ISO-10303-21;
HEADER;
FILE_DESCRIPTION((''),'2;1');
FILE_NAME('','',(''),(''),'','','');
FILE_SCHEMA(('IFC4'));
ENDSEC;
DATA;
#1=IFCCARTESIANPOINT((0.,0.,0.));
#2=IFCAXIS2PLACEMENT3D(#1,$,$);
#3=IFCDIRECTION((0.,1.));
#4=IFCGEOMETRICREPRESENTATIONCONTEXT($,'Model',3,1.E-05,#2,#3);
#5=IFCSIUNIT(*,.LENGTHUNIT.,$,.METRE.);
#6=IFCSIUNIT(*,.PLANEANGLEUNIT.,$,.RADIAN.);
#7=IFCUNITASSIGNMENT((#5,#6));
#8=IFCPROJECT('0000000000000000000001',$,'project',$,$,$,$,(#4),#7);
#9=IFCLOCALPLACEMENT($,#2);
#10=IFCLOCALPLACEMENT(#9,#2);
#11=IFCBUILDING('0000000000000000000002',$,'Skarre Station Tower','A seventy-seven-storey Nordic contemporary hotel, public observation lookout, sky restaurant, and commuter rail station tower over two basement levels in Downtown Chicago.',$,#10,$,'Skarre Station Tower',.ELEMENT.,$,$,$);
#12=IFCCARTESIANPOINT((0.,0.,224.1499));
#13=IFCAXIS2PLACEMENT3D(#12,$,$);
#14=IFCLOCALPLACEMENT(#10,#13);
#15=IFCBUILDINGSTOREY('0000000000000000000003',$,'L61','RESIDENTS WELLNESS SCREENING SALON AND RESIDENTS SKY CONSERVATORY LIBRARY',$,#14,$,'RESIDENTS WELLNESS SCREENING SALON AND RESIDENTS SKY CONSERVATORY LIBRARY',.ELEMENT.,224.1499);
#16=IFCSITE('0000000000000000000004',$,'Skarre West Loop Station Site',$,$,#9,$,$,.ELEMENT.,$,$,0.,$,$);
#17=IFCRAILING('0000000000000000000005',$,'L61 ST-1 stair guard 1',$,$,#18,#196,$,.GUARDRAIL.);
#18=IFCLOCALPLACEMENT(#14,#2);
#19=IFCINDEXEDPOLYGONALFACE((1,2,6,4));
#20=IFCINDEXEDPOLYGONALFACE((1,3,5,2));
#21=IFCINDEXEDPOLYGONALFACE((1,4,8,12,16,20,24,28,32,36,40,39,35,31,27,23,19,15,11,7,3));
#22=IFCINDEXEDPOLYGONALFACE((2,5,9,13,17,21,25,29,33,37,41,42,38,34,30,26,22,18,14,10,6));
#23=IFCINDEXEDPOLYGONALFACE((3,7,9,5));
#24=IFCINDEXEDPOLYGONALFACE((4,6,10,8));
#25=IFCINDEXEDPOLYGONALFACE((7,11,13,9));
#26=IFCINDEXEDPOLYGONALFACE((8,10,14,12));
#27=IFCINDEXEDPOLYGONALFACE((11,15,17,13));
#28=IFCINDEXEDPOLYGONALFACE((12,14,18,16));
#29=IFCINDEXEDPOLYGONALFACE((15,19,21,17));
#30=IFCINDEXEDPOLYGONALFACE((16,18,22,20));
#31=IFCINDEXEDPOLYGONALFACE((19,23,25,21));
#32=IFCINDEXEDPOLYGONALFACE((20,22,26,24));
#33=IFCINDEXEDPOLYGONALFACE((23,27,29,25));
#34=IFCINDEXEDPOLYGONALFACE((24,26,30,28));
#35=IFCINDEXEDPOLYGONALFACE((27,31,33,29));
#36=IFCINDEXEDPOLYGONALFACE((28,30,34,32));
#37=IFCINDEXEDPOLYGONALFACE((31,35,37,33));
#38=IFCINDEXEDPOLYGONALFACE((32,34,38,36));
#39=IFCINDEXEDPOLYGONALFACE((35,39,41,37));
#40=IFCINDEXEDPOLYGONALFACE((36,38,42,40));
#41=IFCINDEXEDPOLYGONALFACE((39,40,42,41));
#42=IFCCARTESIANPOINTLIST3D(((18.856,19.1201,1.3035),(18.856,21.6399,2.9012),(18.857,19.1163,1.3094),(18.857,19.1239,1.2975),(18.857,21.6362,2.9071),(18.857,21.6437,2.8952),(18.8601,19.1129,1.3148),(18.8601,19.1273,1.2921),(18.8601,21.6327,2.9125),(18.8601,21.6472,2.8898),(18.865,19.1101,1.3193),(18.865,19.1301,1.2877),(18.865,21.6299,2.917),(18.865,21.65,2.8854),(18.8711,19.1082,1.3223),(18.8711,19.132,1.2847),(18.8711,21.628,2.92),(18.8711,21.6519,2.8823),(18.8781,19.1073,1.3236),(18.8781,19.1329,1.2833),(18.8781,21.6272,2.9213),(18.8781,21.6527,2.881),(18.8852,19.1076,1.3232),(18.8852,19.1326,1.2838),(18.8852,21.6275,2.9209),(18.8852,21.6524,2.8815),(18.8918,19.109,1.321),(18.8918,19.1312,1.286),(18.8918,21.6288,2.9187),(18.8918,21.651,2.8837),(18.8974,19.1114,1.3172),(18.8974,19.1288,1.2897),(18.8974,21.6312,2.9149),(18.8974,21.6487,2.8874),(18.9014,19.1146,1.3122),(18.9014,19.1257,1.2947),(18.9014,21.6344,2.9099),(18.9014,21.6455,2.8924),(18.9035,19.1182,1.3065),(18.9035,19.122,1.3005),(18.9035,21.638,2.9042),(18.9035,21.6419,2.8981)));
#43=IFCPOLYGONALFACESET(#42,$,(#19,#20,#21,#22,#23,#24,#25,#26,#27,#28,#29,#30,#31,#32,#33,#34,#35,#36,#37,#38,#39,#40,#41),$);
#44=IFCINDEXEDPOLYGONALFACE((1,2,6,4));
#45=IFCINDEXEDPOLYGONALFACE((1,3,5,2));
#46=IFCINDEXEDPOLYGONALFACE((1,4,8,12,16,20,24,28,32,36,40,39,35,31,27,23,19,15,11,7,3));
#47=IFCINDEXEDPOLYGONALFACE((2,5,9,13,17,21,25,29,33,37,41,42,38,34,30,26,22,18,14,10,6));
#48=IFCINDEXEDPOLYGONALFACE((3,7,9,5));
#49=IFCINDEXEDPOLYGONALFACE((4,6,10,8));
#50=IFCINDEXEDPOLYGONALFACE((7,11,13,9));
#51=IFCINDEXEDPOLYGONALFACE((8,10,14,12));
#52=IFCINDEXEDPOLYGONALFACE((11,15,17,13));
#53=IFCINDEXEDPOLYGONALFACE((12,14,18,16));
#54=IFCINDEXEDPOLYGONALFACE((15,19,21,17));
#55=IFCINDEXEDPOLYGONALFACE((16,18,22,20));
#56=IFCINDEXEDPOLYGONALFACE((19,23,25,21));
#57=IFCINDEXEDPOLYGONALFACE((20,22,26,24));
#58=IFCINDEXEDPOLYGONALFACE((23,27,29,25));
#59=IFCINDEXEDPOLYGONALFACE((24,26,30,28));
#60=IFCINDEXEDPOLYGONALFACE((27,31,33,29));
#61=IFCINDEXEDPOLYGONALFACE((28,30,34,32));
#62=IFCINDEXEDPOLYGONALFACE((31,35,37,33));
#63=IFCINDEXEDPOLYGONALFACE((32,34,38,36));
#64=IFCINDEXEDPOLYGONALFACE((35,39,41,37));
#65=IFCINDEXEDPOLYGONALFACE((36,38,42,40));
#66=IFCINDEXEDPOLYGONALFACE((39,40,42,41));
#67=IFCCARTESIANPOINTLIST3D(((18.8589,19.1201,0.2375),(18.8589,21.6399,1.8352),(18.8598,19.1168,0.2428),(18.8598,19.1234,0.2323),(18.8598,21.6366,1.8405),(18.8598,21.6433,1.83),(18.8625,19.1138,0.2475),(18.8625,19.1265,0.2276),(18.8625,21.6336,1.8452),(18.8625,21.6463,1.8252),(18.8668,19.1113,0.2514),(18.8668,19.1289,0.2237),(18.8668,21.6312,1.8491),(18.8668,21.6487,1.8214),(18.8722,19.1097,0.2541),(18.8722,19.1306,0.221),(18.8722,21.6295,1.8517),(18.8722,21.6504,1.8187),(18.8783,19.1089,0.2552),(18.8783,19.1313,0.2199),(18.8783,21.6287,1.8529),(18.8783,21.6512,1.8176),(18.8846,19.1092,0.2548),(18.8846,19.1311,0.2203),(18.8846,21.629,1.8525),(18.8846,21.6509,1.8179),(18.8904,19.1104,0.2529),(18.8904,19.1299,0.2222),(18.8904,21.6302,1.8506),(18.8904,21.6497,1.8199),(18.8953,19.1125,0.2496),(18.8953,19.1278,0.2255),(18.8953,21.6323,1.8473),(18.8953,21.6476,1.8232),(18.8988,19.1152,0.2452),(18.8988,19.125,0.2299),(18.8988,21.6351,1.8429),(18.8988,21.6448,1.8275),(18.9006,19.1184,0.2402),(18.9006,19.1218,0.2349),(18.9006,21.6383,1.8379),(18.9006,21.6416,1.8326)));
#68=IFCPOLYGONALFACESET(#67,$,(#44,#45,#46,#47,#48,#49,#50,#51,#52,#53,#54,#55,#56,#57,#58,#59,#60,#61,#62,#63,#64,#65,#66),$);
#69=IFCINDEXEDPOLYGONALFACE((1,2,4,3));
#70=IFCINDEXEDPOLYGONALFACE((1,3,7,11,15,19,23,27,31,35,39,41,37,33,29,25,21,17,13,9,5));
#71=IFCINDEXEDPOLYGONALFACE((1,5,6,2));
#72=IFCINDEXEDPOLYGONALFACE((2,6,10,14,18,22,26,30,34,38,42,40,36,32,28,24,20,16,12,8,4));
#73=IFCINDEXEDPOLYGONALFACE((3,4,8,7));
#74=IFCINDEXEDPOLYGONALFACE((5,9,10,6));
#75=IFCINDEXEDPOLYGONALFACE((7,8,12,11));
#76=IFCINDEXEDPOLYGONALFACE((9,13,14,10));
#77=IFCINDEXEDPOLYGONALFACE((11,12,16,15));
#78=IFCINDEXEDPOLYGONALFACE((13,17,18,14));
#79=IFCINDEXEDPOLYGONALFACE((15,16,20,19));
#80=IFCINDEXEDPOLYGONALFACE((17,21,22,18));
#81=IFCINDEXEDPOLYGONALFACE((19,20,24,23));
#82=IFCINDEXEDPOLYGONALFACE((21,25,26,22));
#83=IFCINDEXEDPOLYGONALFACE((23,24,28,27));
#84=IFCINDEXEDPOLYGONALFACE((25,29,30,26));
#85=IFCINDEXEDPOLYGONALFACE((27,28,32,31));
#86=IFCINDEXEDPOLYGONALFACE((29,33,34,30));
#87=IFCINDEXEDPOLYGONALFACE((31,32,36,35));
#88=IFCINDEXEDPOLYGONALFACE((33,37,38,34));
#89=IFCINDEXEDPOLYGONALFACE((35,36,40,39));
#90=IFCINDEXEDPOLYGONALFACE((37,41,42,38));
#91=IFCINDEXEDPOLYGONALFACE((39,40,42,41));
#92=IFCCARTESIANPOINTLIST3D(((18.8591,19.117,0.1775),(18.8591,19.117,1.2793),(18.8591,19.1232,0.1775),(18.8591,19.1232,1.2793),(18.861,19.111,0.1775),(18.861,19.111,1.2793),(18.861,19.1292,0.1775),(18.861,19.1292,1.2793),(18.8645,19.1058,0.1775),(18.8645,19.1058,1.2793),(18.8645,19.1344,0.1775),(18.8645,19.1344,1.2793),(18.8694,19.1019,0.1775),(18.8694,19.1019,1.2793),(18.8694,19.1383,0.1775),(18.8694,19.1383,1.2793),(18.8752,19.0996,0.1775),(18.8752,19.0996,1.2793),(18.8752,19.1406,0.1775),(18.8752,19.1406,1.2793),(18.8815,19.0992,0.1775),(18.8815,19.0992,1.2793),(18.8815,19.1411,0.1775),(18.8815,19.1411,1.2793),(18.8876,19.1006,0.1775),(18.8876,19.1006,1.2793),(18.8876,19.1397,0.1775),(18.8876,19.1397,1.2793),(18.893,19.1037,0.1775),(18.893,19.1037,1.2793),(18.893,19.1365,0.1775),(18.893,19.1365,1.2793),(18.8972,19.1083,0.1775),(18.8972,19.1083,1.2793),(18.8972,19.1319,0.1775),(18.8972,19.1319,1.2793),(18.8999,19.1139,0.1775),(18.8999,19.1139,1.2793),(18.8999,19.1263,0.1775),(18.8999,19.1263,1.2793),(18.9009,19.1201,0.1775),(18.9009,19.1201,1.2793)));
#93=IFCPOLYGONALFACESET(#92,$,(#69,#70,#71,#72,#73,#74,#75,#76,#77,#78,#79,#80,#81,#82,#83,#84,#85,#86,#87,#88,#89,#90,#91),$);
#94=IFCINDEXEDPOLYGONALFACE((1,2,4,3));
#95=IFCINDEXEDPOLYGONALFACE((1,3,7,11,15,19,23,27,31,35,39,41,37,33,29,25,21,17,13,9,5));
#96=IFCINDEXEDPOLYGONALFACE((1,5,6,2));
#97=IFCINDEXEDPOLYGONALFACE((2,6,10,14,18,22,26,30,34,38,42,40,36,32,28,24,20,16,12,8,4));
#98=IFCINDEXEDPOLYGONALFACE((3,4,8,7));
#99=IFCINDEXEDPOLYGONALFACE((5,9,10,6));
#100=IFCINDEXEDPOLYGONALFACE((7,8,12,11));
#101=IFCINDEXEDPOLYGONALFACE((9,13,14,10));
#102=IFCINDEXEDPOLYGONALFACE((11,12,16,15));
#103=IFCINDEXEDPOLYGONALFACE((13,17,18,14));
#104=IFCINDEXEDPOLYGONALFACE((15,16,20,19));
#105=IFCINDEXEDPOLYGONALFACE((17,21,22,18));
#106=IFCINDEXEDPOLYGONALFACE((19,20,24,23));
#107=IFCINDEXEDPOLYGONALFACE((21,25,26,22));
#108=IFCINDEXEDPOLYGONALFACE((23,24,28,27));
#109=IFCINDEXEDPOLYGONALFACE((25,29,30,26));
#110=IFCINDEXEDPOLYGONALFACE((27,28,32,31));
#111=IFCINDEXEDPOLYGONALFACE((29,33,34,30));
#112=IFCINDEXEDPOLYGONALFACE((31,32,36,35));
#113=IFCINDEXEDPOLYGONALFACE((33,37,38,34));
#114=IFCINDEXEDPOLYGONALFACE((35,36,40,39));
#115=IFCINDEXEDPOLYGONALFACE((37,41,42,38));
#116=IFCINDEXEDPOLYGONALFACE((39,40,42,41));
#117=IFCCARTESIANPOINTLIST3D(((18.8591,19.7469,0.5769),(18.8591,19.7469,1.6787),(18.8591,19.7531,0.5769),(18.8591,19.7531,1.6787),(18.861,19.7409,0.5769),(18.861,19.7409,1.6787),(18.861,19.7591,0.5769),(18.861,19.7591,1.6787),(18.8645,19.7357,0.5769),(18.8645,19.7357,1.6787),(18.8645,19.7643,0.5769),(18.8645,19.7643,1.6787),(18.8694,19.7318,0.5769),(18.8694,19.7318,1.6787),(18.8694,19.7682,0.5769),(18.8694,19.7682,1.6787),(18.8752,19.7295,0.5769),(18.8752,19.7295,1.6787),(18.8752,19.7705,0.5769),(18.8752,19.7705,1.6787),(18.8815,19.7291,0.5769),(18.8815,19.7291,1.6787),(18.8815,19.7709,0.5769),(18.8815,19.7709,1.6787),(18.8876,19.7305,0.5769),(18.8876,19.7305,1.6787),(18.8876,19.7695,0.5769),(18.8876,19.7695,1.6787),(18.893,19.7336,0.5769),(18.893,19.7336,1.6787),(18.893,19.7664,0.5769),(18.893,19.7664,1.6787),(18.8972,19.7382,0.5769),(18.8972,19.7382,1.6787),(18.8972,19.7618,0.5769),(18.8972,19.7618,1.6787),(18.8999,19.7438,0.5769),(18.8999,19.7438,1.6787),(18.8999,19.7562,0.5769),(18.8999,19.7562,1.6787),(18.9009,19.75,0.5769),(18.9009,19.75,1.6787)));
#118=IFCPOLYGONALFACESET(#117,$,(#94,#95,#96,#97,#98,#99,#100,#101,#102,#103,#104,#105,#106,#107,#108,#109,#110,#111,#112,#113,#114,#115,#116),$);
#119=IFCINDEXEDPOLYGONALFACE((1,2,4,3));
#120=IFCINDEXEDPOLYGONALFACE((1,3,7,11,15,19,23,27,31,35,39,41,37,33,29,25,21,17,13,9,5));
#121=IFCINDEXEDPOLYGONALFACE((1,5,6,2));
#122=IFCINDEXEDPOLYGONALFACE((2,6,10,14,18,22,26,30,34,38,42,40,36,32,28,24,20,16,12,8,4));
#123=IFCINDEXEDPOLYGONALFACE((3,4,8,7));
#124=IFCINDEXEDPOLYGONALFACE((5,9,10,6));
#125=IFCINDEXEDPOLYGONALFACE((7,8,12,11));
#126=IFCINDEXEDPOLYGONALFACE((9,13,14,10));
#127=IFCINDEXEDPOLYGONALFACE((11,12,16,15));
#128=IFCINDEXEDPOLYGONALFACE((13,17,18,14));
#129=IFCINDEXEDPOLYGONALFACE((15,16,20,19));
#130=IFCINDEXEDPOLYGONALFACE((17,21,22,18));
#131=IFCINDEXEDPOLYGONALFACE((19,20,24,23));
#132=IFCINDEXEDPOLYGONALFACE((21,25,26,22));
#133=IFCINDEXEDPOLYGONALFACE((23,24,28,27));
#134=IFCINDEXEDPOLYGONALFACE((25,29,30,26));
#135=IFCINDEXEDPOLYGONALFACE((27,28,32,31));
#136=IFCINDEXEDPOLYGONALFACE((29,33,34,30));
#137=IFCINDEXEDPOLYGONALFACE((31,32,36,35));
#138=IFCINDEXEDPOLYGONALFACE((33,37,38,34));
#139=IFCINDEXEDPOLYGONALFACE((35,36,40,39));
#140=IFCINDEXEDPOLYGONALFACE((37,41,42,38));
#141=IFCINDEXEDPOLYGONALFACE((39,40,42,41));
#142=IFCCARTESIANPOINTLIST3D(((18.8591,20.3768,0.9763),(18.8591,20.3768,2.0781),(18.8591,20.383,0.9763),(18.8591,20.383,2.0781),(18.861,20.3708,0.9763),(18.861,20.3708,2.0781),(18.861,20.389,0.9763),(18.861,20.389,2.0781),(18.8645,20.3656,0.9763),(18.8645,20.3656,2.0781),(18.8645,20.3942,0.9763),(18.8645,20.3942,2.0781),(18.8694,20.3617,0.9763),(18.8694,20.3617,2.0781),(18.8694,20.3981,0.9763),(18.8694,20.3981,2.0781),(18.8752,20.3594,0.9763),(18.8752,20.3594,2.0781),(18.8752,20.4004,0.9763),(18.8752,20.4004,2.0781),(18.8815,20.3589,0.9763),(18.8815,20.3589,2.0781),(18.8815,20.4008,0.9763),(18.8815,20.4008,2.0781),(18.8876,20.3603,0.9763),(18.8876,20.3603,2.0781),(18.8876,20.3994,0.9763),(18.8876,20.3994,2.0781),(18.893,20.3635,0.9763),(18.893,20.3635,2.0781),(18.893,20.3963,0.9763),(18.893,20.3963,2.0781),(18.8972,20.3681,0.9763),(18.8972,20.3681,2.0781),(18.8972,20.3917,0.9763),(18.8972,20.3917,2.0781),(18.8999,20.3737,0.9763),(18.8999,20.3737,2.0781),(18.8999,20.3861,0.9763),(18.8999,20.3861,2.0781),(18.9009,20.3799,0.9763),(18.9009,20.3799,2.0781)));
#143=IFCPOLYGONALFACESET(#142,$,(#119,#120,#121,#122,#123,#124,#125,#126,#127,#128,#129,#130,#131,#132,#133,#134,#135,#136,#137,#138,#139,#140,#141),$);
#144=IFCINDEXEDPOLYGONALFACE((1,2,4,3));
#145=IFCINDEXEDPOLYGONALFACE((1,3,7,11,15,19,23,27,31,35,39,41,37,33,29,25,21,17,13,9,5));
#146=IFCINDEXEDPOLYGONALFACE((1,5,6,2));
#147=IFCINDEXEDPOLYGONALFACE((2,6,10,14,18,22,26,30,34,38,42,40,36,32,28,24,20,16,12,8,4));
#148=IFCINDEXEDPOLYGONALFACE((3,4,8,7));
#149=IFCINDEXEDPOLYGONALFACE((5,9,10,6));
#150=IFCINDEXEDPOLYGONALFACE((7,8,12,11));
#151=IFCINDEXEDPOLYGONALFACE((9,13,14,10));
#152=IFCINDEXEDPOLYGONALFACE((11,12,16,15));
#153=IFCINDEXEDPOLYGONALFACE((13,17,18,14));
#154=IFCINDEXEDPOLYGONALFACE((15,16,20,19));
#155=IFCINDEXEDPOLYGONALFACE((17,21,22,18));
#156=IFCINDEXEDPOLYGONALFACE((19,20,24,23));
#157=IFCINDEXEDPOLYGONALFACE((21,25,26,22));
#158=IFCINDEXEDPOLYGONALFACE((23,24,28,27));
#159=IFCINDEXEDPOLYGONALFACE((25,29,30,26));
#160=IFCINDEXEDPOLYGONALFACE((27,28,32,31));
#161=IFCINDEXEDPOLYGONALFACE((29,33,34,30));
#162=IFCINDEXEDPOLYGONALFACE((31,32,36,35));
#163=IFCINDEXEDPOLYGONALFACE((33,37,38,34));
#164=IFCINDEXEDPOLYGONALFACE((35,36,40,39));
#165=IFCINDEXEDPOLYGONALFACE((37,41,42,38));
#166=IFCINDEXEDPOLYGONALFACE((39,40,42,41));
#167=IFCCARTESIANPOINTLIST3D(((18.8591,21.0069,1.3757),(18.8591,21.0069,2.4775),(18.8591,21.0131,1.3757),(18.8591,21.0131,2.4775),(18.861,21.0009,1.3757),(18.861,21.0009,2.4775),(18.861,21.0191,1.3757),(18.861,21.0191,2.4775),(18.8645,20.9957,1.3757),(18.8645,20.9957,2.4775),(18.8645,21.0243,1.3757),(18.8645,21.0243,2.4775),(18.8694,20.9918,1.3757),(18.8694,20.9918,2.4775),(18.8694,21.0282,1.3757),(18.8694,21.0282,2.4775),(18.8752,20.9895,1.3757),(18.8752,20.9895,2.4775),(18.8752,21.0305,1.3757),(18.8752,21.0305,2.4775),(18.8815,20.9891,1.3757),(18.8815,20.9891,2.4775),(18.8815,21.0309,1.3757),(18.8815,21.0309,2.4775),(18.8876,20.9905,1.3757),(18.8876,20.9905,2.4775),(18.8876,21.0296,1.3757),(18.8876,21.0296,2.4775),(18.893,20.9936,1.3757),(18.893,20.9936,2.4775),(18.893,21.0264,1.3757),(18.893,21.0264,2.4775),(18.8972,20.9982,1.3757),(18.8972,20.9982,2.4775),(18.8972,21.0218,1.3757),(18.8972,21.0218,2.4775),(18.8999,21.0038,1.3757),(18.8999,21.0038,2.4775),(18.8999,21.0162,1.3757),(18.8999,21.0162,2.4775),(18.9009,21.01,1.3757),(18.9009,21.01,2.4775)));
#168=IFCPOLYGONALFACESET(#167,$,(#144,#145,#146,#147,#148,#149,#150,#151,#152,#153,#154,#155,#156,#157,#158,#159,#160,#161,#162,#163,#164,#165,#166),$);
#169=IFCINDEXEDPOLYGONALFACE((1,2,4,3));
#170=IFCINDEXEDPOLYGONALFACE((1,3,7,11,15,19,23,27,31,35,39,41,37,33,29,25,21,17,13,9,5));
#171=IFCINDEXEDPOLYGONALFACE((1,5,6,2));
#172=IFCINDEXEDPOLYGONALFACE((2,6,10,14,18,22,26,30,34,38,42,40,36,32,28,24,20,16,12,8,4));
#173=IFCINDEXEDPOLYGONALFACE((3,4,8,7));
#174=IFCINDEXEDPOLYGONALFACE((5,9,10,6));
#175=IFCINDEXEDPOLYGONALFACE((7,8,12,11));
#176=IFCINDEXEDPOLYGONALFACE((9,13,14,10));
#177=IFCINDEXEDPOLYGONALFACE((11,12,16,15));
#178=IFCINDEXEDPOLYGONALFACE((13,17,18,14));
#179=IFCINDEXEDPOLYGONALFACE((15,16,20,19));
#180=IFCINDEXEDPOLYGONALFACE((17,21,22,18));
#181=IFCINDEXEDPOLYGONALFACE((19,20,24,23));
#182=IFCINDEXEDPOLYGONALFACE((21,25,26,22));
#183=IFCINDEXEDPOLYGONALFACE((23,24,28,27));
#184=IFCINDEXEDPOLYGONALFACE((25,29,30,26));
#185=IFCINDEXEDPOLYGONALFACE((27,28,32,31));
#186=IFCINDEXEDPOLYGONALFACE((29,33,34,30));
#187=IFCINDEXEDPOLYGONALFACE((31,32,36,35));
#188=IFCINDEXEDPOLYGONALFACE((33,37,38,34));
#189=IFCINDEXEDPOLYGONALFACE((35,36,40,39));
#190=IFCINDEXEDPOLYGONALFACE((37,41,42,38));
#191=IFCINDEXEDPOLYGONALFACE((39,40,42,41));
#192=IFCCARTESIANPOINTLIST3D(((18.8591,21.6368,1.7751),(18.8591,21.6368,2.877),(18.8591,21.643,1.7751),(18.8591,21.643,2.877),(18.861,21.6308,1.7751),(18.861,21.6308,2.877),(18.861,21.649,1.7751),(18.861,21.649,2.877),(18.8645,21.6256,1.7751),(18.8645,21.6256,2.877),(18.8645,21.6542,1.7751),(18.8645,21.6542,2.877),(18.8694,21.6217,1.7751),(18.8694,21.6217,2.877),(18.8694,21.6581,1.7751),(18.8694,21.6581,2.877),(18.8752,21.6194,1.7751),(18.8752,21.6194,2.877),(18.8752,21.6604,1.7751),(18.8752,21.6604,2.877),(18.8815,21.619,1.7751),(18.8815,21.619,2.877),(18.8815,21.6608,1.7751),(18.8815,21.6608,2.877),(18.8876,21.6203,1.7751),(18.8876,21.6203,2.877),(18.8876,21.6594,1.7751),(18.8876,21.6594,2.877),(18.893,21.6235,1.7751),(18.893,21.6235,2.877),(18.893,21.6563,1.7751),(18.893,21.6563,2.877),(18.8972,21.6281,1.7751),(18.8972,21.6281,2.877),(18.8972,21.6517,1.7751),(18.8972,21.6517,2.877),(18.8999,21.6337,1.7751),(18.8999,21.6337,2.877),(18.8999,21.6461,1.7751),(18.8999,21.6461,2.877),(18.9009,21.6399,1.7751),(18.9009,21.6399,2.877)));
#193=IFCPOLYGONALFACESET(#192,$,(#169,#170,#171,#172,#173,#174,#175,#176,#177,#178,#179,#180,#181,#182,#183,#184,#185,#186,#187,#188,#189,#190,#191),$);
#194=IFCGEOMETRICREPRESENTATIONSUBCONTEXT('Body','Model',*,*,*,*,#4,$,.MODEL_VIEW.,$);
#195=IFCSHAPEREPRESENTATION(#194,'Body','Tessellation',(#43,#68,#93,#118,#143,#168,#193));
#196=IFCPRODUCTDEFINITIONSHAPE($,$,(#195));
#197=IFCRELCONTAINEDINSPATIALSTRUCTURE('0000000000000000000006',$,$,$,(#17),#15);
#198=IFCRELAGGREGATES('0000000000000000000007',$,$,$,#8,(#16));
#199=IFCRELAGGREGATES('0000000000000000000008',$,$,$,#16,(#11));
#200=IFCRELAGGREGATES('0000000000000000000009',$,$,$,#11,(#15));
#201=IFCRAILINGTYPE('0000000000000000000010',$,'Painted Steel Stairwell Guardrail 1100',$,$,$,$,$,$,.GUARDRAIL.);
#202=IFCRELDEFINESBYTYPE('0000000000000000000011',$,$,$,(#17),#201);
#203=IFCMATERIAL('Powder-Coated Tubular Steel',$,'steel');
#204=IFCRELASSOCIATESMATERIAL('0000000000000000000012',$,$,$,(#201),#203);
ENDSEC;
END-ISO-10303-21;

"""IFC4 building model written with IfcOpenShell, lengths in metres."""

from ifc_helpers import new_model, si_unit, direction, frame, origin, origin_2d, place, context, subcontext, project, spatial, circle, extrude, material, type_object, element, save


model = new_model("IFC4")

# Units and contexts
model_context = context("Model", 3, precision=1e-05, world=origin(), true_north=direction((0.0, 1.0)))
body_context = subcontext(model_context, "Body", "Model", "MODEL_VIEW")
ifc_project = project(units=[si_unit("LENGTHUNIT", "METRE"), si_unit("PLANEANGLEUNIT", "RADIAN")], contexts=[model_context])

# Site, building, storey
site_placement = place(None, origin())
site = spatial("IfcSite", under=ifc_project, at=site_placement, Name="Skarre West Loop Station Site", CompositionType="ELEMENT", RefElevation=0.0)
building_placement = place(site_placement, origin())
building = spatial("IfcBuilding", under=site, at=building_placement, Name="Skarre Station Tower", Description="A seventy-seven-storey Nordic contemporary hotel, public observation lookout, sky restaurant, and commuter rail station tower over two basement levels in Downtown Chicago.", LongName="Skarre Station Tower", CompositionType="ELEMENT")
storey_placement = place(building_placement, frame((0.0, 0.0, 224.1499)))
storey = spatial("IfcBuildingStorey", under=building, at=storey_placement, Name="L61", Description="RESIDENTS WELLNESS SCREENING SALON AND RESIDENTS SKY CONSERVATORY LIBRARY", LongName="RESIDENTS WELLNESS SCREENING SALON AND RESIDENTS SKY CONSERVATORY LIBRARY", CompositionType="ELEMENT", Elevation=224.1499)

# Railing
ifc_material_1 = material(Name="Powder-Coated Tubular Steel", Category="steel")
railing_type_1 = type_object("IfcRailingType", Name="Painted Steel Stairwell Guardrail 1100", PredefinedType="GUARDRAIL", material=ifc_material_1)
railing_1_placement = place(storey_placement, frame((18.8799, 19.1201, 0.1775)))
element("IfcRailing", 1, at=railing_1_placement, inside=storey, type_object=railing_type_1, Name="L61 ST-1 stair guard 1", PredefinedType="GUARDRAIL", context=body_context, shape_type="SweptSolid", body=[
    extrude(circle(Radius=0.0239, at=origin_2d()), frame((0.0, 0.0, 1.126), z_axis=(0.0, 0.844546, 0.535482), x_axis=(-1.0, 0.0, 0.0)), (0.0, 0.0, 1.0), 2.9836),
    extrude(circle(Radius=0.021, at=origin_2d()), frame((0.0, 0.0, 0.0601), z_axis=(0.0, 0.844546, 0.535482), x_axis=(-1.0, 0.0, 0.0)), (0.0, 0.0, 1.0), 2.9836),
    extrude(circle(Radius=0.021, at=origin_2d()), origin(), (0.0, 0.0, 1.0), 1.1018),
    extrude(circle(Radius=0.021, at=origin_2d()), frame((0.0, 0.6299, 0.3994)), (0.0, 0.0, 1.0), 1.1018),
    extrude(circle(Radius=0.021, at=origin_2d()), frame((0.0, 1.2598, 0.7988)), (0.0, 0.0, 1.0), 1.1018),
    extrude(circle(Radius=0.021, at=origin_2d()), frame((0.0, 1.8899, 1.1982)), (0.0, 0.0, 1.0), 1.1018),
    extrude(circle(Radius=0.021, at=origin_2d()), frame((0.0, 2.5198, 1.5977)), (0.0, 0.0, 1.0), 1.1018),
])

save(model, "model.ifc")
